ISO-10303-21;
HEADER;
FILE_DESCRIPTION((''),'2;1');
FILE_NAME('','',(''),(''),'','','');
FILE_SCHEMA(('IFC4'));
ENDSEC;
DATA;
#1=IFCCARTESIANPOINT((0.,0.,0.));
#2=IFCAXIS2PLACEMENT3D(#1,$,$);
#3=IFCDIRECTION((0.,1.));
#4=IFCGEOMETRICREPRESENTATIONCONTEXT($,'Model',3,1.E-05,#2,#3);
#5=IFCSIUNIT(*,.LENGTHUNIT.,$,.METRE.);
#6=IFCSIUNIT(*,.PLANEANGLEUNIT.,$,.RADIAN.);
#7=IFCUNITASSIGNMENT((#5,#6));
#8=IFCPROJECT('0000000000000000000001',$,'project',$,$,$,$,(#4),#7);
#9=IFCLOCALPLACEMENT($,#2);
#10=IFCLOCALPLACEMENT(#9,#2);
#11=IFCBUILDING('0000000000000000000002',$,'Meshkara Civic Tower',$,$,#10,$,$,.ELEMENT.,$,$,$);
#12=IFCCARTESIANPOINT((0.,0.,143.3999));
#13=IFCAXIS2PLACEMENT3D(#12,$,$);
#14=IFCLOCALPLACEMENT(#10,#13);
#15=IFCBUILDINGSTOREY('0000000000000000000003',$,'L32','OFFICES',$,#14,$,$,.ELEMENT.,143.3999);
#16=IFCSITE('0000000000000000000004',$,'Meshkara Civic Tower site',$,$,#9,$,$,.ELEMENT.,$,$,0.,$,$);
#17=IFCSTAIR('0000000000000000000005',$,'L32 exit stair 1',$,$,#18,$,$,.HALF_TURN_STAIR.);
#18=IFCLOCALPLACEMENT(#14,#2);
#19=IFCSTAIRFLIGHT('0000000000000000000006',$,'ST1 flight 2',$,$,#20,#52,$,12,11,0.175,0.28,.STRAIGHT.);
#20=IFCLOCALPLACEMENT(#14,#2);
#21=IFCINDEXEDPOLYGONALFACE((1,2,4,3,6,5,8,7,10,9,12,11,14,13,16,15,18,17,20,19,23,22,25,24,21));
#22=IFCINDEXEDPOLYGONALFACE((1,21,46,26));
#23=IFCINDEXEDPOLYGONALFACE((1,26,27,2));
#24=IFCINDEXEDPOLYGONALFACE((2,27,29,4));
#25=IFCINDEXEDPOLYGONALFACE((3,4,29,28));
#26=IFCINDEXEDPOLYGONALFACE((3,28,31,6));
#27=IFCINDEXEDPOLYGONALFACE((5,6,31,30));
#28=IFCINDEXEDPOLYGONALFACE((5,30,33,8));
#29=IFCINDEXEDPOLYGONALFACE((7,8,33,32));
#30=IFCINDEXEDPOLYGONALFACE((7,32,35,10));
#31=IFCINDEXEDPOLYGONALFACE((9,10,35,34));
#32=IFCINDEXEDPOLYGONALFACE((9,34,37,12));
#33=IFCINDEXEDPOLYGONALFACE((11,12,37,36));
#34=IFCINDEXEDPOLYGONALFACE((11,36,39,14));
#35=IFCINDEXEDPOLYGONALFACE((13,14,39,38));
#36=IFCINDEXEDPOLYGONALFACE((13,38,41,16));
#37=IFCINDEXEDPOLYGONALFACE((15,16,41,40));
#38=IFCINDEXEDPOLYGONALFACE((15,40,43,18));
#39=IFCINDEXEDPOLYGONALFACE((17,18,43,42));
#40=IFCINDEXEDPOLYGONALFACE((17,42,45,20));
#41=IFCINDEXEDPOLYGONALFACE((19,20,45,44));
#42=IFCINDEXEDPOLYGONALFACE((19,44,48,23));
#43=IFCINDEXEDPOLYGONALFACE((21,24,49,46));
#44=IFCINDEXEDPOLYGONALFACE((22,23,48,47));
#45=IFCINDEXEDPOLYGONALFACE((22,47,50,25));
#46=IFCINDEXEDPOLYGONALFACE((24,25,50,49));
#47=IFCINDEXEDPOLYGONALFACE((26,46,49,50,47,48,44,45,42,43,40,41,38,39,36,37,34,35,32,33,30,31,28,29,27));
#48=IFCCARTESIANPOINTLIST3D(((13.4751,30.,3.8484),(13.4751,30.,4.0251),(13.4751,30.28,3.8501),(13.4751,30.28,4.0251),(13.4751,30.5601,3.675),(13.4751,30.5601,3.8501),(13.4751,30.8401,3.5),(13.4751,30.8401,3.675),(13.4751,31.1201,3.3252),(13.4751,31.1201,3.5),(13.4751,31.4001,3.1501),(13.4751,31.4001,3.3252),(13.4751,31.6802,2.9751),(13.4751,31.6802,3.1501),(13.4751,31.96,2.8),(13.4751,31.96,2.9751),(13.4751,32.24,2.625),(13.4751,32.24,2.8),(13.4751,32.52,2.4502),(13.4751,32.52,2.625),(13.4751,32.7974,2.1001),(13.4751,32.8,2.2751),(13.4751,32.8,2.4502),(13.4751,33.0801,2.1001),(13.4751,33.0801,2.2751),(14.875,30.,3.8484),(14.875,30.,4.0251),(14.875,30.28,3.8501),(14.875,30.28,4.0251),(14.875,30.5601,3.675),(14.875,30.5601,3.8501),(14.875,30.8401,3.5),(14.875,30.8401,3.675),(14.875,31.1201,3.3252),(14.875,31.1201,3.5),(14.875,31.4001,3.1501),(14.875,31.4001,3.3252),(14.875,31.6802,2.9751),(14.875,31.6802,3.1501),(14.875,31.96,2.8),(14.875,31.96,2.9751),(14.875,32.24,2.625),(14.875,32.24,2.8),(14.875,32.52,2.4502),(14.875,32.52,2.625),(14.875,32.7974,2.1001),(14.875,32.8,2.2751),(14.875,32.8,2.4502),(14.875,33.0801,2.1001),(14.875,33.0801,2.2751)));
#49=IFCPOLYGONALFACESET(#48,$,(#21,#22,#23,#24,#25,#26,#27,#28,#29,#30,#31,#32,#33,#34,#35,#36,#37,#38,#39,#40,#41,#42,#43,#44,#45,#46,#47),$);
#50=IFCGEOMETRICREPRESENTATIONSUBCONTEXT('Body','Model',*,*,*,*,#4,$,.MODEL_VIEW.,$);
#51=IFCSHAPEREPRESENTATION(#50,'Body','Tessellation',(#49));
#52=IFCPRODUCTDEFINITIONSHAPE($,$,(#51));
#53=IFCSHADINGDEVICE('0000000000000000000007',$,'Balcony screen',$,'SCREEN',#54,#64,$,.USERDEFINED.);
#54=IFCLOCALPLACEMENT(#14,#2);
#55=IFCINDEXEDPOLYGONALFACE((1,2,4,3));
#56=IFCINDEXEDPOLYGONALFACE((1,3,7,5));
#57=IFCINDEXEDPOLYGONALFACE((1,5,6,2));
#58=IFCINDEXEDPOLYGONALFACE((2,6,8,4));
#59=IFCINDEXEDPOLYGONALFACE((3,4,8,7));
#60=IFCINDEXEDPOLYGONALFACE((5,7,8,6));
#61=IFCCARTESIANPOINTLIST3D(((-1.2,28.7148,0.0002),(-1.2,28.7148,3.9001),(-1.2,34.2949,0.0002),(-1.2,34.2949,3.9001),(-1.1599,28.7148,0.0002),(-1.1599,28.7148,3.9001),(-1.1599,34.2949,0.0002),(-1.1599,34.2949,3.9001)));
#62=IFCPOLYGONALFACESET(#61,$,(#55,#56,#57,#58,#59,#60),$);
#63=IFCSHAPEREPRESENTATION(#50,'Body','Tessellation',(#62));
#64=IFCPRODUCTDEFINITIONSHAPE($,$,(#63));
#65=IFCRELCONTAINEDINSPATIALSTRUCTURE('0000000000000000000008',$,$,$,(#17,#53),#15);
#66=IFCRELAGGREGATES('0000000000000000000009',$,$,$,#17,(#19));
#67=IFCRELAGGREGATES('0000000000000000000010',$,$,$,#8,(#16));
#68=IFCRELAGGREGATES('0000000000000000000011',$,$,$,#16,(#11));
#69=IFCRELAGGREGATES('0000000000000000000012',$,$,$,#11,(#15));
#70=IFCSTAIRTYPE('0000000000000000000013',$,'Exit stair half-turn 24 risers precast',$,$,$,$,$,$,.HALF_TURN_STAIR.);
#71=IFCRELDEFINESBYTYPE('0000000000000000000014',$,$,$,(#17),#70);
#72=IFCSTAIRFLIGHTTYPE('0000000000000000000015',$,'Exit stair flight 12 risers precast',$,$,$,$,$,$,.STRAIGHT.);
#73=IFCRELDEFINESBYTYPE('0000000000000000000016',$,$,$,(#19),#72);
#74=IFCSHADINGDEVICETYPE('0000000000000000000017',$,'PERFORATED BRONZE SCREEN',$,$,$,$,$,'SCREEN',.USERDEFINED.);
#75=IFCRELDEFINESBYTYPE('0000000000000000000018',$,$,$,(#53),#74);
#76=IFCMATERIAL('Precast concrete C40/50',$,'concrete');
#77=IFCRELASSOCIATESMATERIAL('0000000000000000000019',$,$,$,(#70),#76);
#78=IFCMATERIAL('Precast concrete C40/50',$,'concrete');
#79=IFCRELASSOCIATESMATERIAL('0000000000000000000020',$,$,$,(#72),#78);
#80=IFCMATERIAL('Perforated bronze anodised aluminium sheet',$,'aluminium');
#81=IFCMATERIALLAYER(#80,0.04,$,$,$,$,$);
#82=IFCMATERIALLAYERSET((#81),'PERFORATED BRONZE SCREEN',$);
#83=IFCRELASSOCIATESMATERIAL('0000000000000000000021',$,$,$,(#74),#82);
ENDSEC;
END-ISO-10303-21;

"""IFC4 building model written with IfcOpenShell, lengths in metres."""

from ifc_helpers import new_model, si_unit, direction, frame, origin, origin_2d, place, context, subcontext, project, spatial, polyline, rectangle, outline, extrude, material, layer, layer_set, type_object, element, aggregate, save


model = new_model("IFC4")

# Units and contexts
model_context = context("Model", 3, precision=1e-05, world=origin(), true_north=direction((0.0, 1.0)))
body_context = subcontext(model_context, "Body", "Model", "MODEL_VIEW")
ifc_project = project(units=[si_unit("LENGTHUNIT", "METRE"), si_unit("PLANEANGLEUNIT", "RADIAN")], contexts=[model_context])

# Site, building, storey
site_placement = place(None, origin())
site = spatial("IfcSite", under=ifc_project, at=site_placement, Name="Meshkara Civic Tower site", CompositionType="ELEMENT", RefElevation=0.0)
building_placement = place(site_placement, origin())
building = spatial("IfcBuilding", under=site, at=building_placement, Name="Meshkara Civic Tower", CompositionType="ELEMENT")
storey_placement = place(building_placement, frame((0.0, 0.0, 143.3999)))
storey = spatial("IfcBuildingStorey", under=building, at=storey_placement, Name="L32", Description="OFFICES", CompositionType="ELEMENT", Elevation=143.3999)

# Stair, stair flight
ifc_material_1 = material(Name="Precast concrete C40/50", Category="concrete")
stair_type = type_object("IfcStairType", Name="Exit stair half-turn 24 risers precast", PredefinedType="HALF_TURN_STAIR", material=ifc_material_1)
stair_placement = place(storey_placement, origin())
stair = element("IfcStair", 1, at=stair_placement, inside=storey, type_object=stair_type, Name="L32 exit stair 1", PredefinedType="HALF_TURN_STAIR")
ifc_material_2 = material(Name="Precast concrete C40/50", Category="concrete")
stair_flight_type = type_object("IfcStairFlightType", Name="Exit stair flight 12 risers precast", PredefinedType="STRAIGHT", material=ifc_material_2)
stair_flight_1_placement = place(storey_placement, frame((14.175, 33.0801, 2.1001), z_axis=(0.0, 0.0, 1.0), x_axis=(0.0, -1.0, 0.0)))
stair_flight_1 = element("IfcStairFlight", 2, at=stair_flight_1_placement, type_object=stair_flight_type, Name="ST1 flight 2", NumberOfRisers=12, NumberOfTreads=11, PredefinedType="STRAIGHT", RiserHeight=0.175, TreadLength=0.28, context=body_context, shape_type="SweptSolid", body=[
    extrude(outline(polyline([(0.0, 0.0), (0.0, 0.175), (0.28, 0.175), (0.28, 0.3501), (0.5601, 0.3501), (0.5601, 0.5249), (0.8401, 0.5249), (0.8401, 0.7), (1.1201, 0.7), (1.1201, 0.875), (1.3999, 0.875), (1.3999, 1.05), (1.6799, 1.05), (1.6799, 1.2251), (1.96, 1.2251), (1.96, 1.3999), (2.24, 1.3999), (2.24, 1.575), (2.52, 1.575), (2.52, 1.75), (2.8, 1.75), (2.8, 1.925), (3.0801, 1.925), (3.0801, 2.1001), (3.0801, 1.7483), (0.2827, 0.0), (0.0, 0.0)])), frame((0.0, 0.7, 0.0), z_axis=(0.0, -1.0, 0.0), x_axis=(1.0, 0.0, 0.0)), (0.0, 0.0, 1.0), 1.3999),
])
aggregate(stair, [stair_flight_1])

# Shading device
ifc_material_3 = material(Name="Perforated bronze anodised aluminium sheet", Category="aluminium")
ifc_layer_1 = layer(ifc_material_3, 0.04)
ifc_layer_set_1 = layer_set([ifc_layer_1], Name="PERFORATED BRONZE SCREEN")
shading_device_type = type_object("IfcShadingDeviceType", Name="PERFORATED BRONZE SCREEN", ElementType="SCREEN", PredefinedType="USERDEFINED", material=ifc_layer_set_1)
shading_device_placement = place(storey_placement, frame((-1.1799, 31.5049, 0.0002), z_axis=(0.0, 0.0, 1.0), x_axis=(0.0, -1.0, 0.0)))
element("IfcShadingDevice", 3, at=shading_device_placement, inside=storey, type_object=shading_device_type, Name="Balcony screen", ObjectType="SCREEN", PredefinedType="USERDEFINED", context=body_context, shape_type="SweptSolid", body=[
    extrude(rectangle(XDim=5.5801, YDim=0.04, at=origin_2d()), origin(), (0.0, 0.0, 1.0), 3.8999),
])

save(model, "model.ifc")
